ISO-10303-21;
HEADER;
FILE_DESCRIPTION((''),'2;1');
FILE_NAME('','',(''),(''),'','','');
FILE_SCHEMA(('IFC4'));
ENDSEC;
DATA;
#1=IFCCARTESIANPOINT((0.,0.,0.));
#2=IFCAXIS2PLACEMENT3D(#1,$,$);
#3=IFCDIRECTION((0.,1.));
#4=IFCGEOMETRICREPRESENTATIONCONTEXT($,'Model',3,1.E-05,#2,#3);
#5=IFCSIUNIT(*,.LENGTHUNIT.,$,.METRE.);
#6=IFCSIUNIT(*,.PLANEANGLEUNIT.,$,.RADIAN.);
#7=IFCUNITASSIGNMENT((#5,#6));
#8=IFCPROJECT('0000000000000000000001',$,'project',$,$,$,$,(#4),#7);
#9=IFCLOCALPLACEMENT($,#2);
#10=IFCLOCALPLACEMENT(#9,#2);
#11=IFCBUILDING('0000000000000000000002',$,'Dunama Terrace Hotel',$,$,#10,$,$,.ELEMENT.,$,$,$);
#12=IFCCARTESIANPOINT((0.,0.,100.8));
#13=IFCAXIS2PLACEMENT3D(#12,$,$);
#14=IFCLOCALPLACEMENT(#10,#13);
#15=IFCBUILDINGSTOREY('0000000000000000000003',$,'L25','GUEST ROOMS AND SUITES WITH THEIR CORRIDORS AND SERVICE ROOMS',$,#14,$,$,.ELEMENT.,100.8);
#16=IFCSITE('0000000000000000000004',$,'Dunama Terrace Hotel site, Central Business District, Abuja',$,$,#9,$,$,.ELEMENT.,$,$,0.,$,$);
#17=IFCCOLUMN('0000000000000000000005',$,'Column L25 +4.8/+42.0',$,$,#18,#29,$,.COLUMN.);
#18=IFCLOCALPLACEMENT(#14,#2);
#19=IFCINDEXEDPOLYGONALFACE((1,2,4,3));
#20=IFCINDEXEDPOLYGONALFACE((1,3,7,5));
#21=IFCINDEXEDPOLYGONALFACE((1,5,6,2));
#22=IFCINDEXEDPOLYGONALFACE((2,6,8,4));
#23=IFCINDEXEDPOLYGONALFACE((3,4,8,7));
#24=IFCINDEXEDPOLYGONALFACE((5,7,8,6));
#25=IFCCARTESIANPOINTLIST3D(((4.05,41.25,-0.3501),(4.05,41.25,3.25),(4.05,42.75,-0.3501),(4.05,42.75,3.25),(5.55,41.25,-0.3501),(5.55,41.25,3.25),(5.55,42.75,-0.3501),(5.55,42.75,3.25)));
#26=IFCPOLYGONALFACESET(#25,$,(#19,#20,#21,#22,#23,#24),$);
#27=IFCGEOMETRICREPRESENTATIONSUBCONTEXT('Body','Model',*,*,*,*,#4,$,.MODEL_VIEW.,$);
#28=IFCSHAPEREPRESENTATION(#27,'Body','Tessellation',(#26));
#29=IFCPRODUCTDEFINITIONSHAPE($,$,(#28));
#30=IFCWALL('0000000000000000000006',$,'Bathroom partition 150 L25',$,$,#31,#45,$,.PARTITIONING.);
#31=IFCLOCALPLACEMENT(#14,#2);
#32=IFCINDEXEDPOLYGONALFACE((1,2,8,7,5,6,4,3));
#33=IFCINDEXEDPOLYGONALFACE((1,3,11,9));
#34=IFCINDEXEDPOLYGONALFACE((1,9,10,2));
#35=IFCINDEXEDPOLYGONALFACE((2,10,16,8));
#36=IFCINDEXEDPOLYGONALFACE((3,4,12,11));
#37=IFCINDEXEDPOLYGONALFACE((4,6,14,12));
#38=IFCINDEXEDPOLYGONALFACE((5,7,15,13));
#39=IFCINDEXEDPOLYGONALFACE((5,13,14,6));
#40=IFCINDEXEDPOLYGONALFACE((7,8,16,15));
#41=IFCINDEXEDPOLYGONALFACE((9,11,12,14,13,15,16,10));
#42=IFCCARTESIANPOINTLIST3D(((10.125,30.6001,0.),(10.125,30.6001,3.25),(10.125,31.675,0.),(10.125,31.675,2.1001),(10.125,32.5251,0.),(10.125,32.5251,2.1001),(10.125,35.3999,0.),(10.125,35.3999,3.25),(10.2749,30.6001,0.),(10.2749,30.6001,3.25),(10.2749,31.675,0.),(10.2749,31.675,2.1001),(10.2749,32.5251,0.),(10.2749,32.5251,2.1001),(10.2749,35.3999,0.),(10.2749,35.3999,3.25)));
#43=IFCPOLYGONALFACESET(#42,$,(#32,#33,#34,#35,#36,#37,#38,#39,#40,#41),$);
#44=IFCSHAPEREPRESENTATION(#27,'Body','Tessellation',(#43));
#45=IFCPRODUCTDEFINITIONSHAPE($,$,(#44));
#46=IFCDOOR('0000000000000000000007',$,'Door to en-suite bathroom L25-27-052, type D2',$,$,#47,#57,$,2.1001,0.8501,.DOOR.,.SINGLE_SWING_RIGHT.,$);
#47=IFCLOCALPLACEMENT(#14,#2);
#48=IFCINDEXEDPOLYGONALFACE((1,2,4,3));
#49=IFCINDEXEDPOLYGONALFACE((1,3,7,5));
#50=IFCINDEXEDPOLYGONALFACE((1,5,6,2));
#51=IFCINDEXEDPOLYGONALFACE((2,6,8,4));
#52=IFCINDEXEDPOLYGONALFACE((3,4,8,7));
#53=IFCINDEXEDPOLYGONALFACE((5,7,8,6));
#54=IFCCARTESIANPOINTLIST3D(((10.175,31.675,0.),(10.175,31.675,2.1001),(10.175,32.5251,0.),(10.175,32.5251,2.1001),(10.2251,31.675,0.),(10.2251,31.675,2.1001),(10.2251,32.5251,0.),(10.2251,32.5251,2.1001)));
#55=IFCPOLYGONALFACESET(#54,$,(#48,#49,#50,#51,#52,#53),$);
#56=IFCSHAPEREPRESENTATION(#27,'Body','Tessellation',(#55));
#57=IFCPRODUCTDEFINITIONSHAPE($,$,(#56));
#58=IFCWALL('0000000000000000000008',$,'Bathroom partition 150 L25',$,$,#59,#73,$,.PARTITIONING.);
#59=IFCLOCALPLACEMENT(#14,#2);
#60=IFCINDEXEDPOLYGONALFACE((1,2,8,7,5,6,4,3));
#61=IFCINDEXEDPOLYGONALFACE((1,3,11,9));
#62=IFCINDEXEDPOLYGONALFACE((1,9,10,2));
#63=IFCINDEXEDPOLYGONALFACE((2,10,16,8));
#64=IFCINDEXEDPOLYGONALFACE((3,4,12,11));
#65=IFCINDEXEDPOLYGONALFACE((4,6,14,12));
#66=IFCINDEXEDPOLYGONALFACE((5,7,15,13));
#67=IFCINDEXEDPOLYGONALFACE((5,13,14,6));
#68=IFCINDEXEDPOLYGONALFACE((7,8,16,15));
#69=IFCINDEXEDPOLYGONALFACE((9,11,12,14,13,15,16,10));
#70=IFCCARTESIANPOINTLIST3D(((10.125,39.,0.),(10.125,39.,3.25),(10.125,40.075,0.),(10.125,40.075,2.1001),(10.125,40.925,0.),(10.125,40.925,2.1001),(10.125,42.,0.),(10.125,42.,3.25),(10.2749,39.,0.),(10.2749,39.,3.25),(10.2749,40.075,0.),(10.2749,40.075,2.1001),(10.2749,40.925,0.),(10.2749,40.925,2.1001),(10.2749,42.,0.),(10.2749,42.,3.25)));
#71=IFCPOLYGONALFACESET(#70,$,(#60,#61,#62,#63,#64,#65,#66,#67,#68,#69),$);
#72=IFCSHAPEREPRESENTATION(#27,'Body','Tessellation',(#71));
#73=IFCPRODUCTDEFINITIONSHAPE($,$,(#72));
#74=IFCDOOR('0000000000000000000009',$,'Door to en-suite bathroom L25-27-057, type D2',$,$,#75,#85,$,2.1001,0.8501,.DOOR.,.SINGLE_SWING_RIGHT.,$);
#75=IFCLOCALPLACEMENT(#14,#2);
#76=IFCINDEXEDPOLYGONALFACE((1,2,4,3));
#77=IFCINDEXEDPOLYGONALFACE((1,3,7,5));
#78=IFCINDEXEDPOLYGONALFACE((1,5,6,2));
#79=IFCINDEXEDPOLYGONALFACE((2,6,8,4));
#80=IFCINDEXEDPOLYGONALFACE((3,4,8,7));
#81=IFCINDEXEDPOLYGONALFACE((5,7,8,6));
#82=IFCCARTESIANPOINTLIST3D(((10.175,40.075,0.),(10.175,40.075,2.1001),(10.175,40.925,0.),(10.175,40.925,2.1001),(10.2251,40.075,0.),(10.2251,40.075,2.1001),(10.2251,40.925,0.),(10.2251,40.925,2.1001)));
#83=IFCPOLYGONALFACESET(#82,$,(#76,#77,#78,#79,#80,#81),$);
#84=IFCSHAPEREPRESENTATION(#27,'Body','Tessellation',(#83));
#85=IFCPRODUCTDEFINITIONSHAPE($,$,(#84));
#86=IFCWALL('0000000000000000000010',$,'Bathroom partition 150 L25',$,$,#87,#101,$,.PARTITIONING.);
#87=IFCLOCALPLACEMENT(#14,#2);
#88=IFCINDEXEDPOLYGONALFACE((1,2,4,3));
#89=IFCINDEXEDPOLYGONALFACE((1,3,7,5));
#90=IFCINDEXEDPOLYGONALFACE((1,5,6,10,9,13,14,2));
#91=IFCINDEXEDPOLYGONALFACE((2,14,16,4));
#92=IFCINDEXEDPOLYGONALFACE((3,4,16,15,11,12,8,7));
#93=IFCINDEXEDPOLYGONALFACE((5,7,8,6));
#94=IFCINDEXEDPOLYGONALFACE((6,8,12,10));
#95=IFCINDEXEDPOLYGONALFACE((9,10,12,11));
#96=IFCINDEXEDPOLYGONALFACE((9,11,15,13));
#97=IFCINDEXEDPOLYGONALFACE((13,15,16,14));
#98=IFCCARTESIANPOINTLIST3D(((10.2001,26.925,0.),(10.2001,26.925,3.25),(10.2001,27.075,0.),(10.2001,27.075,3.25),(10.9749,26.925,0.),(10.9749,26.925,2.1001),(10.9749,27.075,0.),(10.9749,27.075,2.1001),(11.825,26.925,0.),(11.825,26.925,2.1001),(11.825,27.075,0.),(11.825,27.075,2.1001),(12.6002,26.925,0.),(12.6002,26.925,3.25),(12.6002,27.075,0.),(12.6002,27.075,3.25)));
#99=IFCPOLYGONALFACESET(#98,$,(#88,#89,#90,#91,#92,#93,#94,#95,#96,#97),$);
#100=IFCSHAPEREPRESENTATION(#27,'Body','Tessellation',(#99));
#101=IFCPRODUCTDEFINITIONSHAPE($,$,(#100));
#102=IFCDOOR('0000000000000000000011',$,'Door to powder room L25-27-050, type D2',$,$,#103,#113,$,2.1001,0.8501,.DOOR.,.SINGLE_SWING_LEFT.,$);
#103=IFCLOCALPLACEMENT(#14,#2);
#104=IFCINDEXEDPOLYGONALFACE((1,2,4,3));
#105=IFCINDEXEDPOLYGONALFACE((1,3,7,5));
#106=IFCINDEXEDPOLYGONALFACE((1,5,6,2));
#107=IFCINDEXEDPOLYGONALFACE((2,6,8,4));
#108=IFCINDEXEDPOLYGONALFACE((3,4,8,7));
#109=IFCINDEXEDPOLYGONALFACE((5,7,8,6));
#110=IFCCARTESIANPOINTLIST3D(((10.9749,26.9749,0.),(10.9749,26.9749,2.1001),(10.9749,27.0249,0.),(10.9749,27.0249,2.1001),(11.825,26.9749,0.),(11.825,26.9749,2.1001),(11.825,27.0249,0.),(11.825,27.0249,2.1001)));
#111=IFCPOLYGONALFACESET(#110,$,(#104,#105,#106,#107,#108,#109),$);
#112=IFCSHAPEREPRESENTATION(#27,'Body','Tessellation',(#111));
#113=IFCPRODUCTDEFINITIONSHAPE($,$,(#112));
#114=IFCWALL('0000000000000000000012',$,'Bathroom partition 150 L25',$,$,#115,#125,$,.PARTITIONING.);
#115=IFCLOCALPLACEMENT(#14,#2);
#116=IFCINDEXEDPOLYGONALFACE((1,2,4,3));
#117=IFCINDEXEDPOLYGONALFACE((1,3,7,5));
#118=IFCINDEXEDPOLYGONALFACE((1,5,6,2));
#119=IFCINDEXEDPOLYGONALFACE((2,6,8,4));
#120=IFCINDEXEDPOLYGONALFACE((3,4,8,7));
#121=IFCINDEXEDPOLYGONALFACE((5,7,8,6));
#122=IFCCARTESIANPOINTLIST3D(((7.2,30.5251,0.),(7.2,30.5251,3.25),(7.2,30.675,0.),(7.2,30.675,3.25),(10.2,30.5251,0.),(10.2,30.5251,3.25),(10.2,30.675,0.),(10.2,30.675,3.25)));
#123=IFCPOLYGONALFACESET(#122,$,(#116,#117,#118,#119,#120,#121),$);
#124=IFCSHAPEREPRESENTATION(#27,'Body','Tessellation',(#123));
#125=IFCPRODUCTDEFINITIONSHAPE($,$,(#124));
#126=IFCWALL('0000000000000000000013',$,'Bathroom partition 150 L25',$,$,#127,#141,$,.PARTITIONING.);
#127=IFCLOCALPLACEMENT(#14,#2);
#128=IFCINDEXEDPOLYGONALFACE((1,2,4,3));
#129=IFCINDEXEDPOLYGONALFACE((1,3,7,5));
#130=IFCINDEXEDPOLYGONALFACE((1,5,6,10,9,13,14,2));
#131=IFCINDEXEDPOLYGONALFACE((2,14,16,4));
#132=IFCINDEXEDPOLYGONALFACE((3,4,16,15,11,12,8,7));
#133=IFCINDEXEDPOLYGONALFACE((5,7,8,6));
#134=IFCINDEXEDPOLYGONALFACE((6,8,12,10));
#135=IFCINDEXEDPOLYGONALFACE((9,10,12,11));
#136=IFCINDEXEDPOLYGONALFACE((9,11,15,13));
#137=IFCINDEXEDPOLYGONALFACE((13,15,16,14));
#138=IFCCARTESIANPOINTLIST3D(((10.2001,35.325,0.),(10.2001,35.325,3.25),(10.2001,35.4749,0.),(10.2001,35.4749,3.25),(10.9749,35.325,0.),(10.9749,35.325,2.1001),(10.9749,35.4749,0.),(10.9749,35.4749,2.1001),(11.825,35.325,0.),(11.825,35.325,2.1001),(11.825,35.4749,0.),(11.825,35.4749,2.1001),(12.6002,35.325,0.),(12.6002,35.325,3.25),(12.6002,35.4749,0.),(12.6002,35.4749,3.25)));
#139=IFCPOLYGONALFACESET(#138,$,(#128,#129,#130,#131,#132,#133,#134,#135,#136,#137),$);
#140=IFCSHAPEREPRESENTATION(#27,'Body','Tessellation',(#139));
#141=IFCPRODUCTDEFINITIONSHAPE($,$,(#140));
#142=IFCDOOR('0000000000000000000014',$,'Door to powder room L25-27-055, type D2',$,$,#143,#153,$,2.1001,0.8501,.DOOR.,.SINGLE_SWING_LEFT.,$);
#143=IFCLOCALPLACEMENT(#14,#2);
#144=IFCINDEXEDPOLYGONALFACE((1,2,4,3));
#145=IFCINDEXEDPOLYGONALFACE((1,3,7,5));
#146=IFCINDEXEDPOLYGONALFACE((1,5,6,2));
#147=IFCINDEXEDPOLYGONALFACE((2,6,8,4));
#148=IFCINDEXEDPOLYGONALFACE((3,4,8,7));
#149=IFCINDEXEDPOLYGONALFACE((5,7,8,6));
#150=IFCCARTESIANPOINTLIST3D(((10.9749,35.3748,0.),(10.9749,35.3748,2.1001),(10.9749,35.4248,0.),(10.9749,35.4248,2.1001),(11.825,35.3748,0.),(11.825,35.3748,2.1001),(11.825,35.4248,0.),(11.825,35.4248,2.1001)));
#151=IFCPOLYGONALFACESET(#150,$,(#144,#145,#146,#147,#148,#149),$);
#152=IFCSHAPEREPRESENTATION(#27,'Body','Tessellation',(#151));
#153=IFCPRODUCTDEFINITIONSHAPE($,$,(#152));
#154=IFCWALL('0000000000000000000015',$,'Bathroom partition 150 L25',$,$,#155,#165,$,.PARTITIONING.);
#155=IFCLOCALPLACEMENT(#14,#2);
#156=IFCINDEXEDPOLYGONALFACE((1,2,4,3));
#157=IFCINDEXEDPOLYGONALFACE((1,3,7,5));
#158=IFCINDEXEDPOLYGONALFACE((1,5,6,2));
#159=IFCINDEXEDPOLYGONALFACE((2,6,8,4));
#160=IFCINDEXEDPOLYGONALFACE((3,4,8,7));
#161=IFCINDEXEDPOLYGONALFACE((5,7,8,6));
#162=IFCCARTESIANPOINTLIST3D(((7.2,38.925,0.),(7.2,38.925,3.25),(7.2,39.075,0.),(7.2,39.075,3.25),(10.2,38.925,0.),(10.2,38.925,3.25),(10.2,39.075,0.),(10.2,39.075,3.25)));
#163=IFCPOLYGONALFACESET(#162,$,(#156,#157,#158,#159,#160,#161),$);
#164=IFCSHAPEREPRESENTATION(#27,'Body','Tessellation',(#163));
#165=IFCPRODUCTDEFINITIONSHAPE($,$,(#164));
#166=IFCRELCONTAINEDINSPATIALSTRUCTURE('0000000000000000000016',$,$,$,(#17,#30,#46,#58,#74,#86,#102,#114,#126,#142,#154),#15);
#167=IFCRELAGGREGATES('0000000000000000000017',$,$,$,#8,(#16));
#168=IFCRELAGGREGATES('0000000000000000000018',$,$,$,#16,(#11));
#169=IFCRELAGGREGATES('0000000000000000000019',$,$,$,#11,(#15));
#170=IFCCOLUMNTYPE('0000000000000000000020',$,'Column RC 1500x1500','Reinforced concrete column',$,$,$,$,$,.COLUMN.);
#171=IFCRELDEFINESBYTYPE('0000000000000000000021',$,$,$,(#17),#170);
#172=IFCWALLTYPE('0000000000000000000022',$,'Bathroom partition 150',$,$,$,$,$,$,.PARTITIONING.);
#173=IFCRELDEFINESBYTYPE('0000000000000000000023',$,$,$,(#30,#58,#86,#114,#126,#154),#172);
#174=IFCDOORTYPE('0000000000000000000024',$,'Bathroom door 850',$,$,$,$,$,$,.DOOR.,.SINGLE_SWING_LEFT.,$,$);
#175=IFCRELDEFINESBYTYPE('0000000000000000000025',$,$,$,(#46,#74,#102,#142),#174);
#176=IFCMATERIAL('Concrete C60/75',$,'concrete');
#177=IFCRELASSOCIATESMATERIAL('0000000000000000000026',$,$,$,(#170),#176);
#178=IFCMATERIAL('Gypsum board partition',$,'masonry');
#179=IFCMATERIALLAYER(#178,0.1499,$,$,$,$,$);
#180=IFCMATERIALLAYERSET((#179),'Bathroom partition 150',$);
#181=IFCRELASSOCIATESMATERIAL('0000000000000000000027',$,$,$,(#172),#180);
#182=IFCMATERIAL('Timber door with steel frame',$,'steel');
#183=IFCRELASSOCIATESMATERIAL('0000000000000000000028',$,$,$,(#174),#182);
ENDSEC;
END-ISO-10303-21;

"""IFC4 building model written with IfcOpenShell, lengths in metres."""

from ifc_helpers import new_model, si_unit, direction, frame, frame_2d, origin, origin_2d, place, context, subcontext, project, spatial, rectangle, extrude, material, layer, layer_set, material_profile, profile_set, type_object, element, fill, save


model = new_model("IFC4")

# Units and contexts
model_context = context("Model", 3, precision=1e-05, world=origin(), true_north=direction((0.0, 1.0)))
body_context = subcontext(model_context, "Body", "Model", "MODEL_VIEW")
ifc_project = project(units=[si_unit("LENGTHUNIT", "METRE"), si_unit("PLANEANGLEUNIT", "RADIAN")], contexts=[model_context])

# Site, building, storey
site_placement = place(None, origin())
site = spatial("IfcSite", under=ifc_project, at=site_placement, Name="Dunama Terrace Hotel site, Central Business District, Abuja", CompositionType="ELEMENT", RefElevation=0.0)
building_placement = place(site_placement, origin())
building = spatial("IfcBuilding", under=site, at=building_placement, Name="Dunama Terrace Hotel", CompositionType="ELEMENT")
storey_placement = place(building_placement, frame((0.0, 0.0, 100.8)))
storey = spatial("IfcBuildingStorey", under=building, at=storey_placement, Name="L25", Description="GUEST ROOMS AND SUITES WITH THEIR CORRIDORS AND SERVICE ROOMS", CompositionType="ELEMENT", Elevation=100.8)

# Column
ifc_material_1 = material(Name="Concrete C60/75", Category="concrete")
ifc_material_profile = material_profile(ifc_material_1, rectangle(XDim=1.5, YDim=1.5, at=origin_2d()), Name="RC 1500x1500")
ifc_profile_set = profile_set([ifc_material_profile], Name="Concrete C60/75")
column_type = type_object("IfcColumnType", Name="Column RC 1500x1500", Description="Reinforced concrete column", PredefinedType="COLUMN", material=ifc_profile_set)
column_placement = place(storey_placement, frame((4.8, 42.0, -0.3501), z_axis=(0.0, 0.0, 1.0), x_axis=(1.0, 0.0, 0.0)))
element("IfcColumn", 1, at=column_placement, inside=storey, type_object=column_type, Name="Column L25 +4.8/+42.0", PredefinedType="COLUMN", context=body_context, shape_type="SweptSolid", body=[
    extrude(rectangle(XDim=1.5, YDim=1.5, at=origin_2d()), origin(), (0.0, 0.0, 1.0), 3.6001),
])

# Walls, openings, doors
ifc_material_2 = material(Name="Gypsum board partition", Category="masonry")
ifc_layer_1 = layer(ifc_material_2, 0.1499)
ifc_layer_set_1 = layer_set([ifc_layer_1], Name="Bathroom partition 150")
wall_type_1 = type_object("IfcWallType", Name="Bathroom partition 150", PredefinedType="PARTITIONING", material=ifc_layer_set_1)
wall_1_placement = place(storey_placement, frame((10.2, 30.6001, 0.0), z_axis=(0.0, 0.0, 1.0), x_axis=(0.0, 1.0, 0.0)))
wall_1 = element("IfcWall", 2, at=wall_1_placement, inside=storey, type_object=wall_type_1, Name="Bathroom partition 150 L25", PredefinedType="PARTITIONING", context=body_context, shape_type="SweptSolid", body=[
    extrude(rectangle(XDim=4.7998, YDim=0.1499, at=frame_2d((2.3999, 0.0))), origin(), (0.0, 0.0, 1.0), 3.25),
])
opening_1_placement = place(wall_1_placement, frame((1.075, 0.0, 0.0)))
opening_1 = element("IfcOpeningElement", 3, at=opening_1_placement, cuts=wall_1, PredefinedType="OPENING", context=body_context, shape_type="SweptSolid", body=[
    extrude(rectangle(XDim=0.8501, YDim=2.1001, at=frame_2d((0.425, 1.05))), frame((0.0, 0.085, 0.0), z_axis=(0.0, -1.0, 0.0), x_axis=(1.0, 0.0, 0.0)), (0.0, 0.0, 1.0), 0.1699),
])
ifc_material_3 = material(Name="Timber door with steel frame", Category="steel")
door_type_1 = type_object("IfcDoorType", Name="Bathroom door 850", OperationType="SINGLE_SWING_LEFT", PredefinedType="DOOR", material=ifc_material_3)
door_1_placement = place(opening_1_placement, origin())
door_1 = element("IfcDoor", 4, at=door_1_placement, inside=storey, type_object=door_type_1, Name="Door to en-suite bathroom L25-27-052, type D2", OperationType="SINGLE_SWING_RIGHT", OverallHeight=2.1001, OverallWidth=0.8501, PredefinedType="DOOR", context=body_context, shape_type="SweptSolid", body=[
    extrude(rectangle(XDim=0.8501, YDim=2.1001, at=frame_2d((0.425, 1.05))), frame((0.0, 0.0249, 0.0), z_axis=(0.0, -1.0, 0.0), x_axis=(1.0, 0.0, 0.0)), (0.0, 0.0, 1.0), 0.05),
])
fill(opening_1, door_1)
wall_2_placement = place(storey_placement, frame((10.2, 39.0, 0.0), z_axis=(0.0, 0.0, 1.0), x_axis=(0.0, 1.0, 0.0)))
wall_2 = element("IfcWall", 5, at=wall_2_placement, inside=storey, type_object=wall_type_1, Name="Bathroom partition 150 L25", PredefinedType="PARTITIONING", context=body_context, shape_type="SweptSolid", body=[
    extrude(rectangle(XDim=3.0, YDim=0.1499, at=frame_2d((1.5, 0.0))), origin(), (0.0, 0.0, 1.0), 3.25),
])
opening_2_placement = place(wall_2_placement, frame((1.075, 0.0, 0.0)))
opening_2 = element("IfcOpeningElement", 6, at=opening_2_placement, cuts=wall_2, PredefinedType="OPENING", context=body_context, shape_type="SweptSolid", body=[
    extrude(rectangle(XDim=0.8501, YDim=2.1001, at=frame_2d((0.425, 1.05))), frame((0.0, 0.085, 0.0), z_axis=(0.0, -1.0, 0.0), x_axis=(1.0, 0.0, 0.0)), (0.0, 0.0, 1.0), 0.1699),
])
door_2_placement = place(opening_2_placement, origin())
door_2 = element("IfcDoor", 7, at=door_2_placement, inside=storey, type_object=door_type_1, Name="Door to en-suite bathroom L25-27-057, type D2", OperationType="SINGLE_SWING_RIGHT", OverallHeight=2.1001, OverallWidth=0.8501, PredefinedType="DOOR", context=body_context, shape_type="SweptSolid", body=[
    extrude(rectangle(XDim=0.8501, YDim=2.1001, at=frame_2d((0.425, 1.05))), frame((0.0, 0.0249, 0.0), z_axis=(0.0, -1.0, 0.0), x_axis=(1.0, 0.0, 0.0)), (0.0, 0.0, 1.0), 0.05),
])
fill(opening_2, door_2)
wall_3_placement = place(storey_placement, frame((10.2, 27.0, 0.0), z_axis=(0.0, 0.0, 1.0), x_axis=(1.0, 0.0, 0.0)))
wall_3 = element("IfcWall", 8, at=wall_3_placement, inside=storey, type_object=wall_type_1, Name="Bathroom partition 150 L25", PredefinedType="PARTITIONING", context=body_context, shape_type="SweptSolid", body=[
    extrude(rectangle(XDim=2.4001, YDim=0.1499, at=frame_2d((1.2002, 0.0))), origin(), (0.0, 0.0, 1.0), 3.25),
])
opening_3_placement = place(wall_3_placement, frame((0.7749, 0.0, 0.0)))
opening_3 = element("IfcOpeningElement", 9, at=opening_3_placement, cuts=wall_3, PredefinedType="OPENING", context=body_context, shape_type="SweptSolid", body=[
    extrude(rectangle(XDim=0.8501, YDim=2.1001, at=frame_2d((0.425, 1.05))), frame((0.0, 0.085, 0.0), z_axis=(0.0, -1.0, 0.0), x_axis=(1.0, 0.0, 0.0)), (0.0, 0.0, 1.0), 0.1699),
])
door_3_placement = place(opening_3_placement, frame((0.8501, 0.0, 0.0), z_axis=(0.0, 0.0, 1.0), x_axis=(-1.0, 0.0, 0.0)))
door_3 = element("IfcDoor", 10, at=door_3_placement, inside=storey, type_object=door_type_1, Name="Door to powder room L25-27-050, type D2", OperationType="SINGLE_SWING_LEFT", OverallHeight=2.1001, OverallWidth=0.8501, PredefinedType="DOOR", context=body_context, shape_type="SweptSolid", body=[
    extrude(rectangle(XDim=0.8501, YDim=2.1001, at=frame_2d((0.425, 1.05))), frame((0.0, 0.0251, 0.0), z_axis=(0.0, -1.0, 0.0), x_axis=(1.0, 0.0, 0.0)), (0.0, 0.0, 1.0), 0.05),
])
fill(opening_3, door_3)

# Wall
wall_4_placement = place(storey_placement, frame((7.2, 30.6001, 0.0), z_axis=(0.0, 0.0, 1.0), x_axis=(1.0, 0.0, 0.0)))
element("IfcWall", 11, at=wall_4_placement, inside=storey, type_object=wall_type_1, Name="Bathroom partition 150 L25", PredefinedType="PARTITIONING", context=body_context, shape_type="SweptSolid", body=[
    extrude(rectangle(XDim=3.0, YDim=0.1499, at=frame_2d((1.5, 0.0))), origin(), (0.0, 0.0, 1.0), 3.25),
])

# Wall, opening, door
wall_5_placement = place(storey_placement, frame((10.2, 35.3999, 0.0), z_axis=(0.0, 0.0, 1.0), x_axis=(1.0, 0.0, 0.0)))
wall_5 = element("IfcWall", 12, at=wall_5_placement, inside=storey, type_object=wall_type_1, Name="Bathroom partition 150 L25", PredefinedType="PARTITIONING", context=body_context, shape_type="SweptSolid", body=[
    extrude(rectangle(XDim=2.4001, YDim=0.1499, at=frame_2d((1.2002, 0.0))), origin(), (0.0, 0.0, 1.0), 3.25),
])
opening_4_placement = place(wall_5_placement, frame((0.7749, 0.0, 0.0)))
opening_4 = element("IfcOpeningElement", 13, at=opening_4_placement, cuts=wall_5, PredefinedType="OPENING", context=body_context, shape_type="SweptSolid", body=[
    extrude(rectangle(XDim=0.8501, YDim=2.1001, at=frame_2d((0.425, 1.05))), frame((0.0, 0.085, 0.0), z_axis=(0.0, -1.0, 0.0), x_axis=(1.0, 0.0, 0.0)), (0.0, 0.0, 1.0), 0.1699),
])
door_4_placement = place(opening_4_placement, frame((0.8501, 0.0, 0.0), z_axis=(0.0, 0.0, 1.0), x_axis=(-1.0, 0.0, 0.0)))
door_4 = element("IfcDoor", 14, at=door_4_placement, inside=storey, type_object=door_type_1, Name="Door to powder room L25-27-055, type D2", OperationType="SINGLE_SWING_LEFT", OverallHeight=2.1001, OverallWidth=0.8501, PredefinedType="DOOR", context=body_context, shape_type="SweptSolid", body=[
    extrude(rectangle(XDim=0.8501, YDim=2.1001, at=frame_2d((0.425, 1.05))), frame((0.0, 0.0251, 0.0), z_axis=(0.0, -1.0, 0.0), x_axis=(1.0, 0.0, 0.0)), (0.0, 0.0, 1.0), 0.05),
])
fill(opening_4, door_4)

# Wall
wall_6_placement = place(storey_placement, frame((7.2, 39.0, 0.0), z_axis=(0.0, 0.0, 1.0), x_axis=(1.0, 0.0, 0.0)))
element("IfcWall", 15, at=wall_6_placement, inside=storey, type_object=wall_type_1, Name="Bathroom partition 150 L25", PredefinedType="PARTITIONING", context=body_context, shape_type="SweptSolid", body=[
    extrude(rectangle(XDim=3.0, YDim=0.1499, at=frame_2d((1.5, 0.0))), origin(), (0.0, 0.0, 1.0), 3.25),
])

save(model, "model.ifc")
